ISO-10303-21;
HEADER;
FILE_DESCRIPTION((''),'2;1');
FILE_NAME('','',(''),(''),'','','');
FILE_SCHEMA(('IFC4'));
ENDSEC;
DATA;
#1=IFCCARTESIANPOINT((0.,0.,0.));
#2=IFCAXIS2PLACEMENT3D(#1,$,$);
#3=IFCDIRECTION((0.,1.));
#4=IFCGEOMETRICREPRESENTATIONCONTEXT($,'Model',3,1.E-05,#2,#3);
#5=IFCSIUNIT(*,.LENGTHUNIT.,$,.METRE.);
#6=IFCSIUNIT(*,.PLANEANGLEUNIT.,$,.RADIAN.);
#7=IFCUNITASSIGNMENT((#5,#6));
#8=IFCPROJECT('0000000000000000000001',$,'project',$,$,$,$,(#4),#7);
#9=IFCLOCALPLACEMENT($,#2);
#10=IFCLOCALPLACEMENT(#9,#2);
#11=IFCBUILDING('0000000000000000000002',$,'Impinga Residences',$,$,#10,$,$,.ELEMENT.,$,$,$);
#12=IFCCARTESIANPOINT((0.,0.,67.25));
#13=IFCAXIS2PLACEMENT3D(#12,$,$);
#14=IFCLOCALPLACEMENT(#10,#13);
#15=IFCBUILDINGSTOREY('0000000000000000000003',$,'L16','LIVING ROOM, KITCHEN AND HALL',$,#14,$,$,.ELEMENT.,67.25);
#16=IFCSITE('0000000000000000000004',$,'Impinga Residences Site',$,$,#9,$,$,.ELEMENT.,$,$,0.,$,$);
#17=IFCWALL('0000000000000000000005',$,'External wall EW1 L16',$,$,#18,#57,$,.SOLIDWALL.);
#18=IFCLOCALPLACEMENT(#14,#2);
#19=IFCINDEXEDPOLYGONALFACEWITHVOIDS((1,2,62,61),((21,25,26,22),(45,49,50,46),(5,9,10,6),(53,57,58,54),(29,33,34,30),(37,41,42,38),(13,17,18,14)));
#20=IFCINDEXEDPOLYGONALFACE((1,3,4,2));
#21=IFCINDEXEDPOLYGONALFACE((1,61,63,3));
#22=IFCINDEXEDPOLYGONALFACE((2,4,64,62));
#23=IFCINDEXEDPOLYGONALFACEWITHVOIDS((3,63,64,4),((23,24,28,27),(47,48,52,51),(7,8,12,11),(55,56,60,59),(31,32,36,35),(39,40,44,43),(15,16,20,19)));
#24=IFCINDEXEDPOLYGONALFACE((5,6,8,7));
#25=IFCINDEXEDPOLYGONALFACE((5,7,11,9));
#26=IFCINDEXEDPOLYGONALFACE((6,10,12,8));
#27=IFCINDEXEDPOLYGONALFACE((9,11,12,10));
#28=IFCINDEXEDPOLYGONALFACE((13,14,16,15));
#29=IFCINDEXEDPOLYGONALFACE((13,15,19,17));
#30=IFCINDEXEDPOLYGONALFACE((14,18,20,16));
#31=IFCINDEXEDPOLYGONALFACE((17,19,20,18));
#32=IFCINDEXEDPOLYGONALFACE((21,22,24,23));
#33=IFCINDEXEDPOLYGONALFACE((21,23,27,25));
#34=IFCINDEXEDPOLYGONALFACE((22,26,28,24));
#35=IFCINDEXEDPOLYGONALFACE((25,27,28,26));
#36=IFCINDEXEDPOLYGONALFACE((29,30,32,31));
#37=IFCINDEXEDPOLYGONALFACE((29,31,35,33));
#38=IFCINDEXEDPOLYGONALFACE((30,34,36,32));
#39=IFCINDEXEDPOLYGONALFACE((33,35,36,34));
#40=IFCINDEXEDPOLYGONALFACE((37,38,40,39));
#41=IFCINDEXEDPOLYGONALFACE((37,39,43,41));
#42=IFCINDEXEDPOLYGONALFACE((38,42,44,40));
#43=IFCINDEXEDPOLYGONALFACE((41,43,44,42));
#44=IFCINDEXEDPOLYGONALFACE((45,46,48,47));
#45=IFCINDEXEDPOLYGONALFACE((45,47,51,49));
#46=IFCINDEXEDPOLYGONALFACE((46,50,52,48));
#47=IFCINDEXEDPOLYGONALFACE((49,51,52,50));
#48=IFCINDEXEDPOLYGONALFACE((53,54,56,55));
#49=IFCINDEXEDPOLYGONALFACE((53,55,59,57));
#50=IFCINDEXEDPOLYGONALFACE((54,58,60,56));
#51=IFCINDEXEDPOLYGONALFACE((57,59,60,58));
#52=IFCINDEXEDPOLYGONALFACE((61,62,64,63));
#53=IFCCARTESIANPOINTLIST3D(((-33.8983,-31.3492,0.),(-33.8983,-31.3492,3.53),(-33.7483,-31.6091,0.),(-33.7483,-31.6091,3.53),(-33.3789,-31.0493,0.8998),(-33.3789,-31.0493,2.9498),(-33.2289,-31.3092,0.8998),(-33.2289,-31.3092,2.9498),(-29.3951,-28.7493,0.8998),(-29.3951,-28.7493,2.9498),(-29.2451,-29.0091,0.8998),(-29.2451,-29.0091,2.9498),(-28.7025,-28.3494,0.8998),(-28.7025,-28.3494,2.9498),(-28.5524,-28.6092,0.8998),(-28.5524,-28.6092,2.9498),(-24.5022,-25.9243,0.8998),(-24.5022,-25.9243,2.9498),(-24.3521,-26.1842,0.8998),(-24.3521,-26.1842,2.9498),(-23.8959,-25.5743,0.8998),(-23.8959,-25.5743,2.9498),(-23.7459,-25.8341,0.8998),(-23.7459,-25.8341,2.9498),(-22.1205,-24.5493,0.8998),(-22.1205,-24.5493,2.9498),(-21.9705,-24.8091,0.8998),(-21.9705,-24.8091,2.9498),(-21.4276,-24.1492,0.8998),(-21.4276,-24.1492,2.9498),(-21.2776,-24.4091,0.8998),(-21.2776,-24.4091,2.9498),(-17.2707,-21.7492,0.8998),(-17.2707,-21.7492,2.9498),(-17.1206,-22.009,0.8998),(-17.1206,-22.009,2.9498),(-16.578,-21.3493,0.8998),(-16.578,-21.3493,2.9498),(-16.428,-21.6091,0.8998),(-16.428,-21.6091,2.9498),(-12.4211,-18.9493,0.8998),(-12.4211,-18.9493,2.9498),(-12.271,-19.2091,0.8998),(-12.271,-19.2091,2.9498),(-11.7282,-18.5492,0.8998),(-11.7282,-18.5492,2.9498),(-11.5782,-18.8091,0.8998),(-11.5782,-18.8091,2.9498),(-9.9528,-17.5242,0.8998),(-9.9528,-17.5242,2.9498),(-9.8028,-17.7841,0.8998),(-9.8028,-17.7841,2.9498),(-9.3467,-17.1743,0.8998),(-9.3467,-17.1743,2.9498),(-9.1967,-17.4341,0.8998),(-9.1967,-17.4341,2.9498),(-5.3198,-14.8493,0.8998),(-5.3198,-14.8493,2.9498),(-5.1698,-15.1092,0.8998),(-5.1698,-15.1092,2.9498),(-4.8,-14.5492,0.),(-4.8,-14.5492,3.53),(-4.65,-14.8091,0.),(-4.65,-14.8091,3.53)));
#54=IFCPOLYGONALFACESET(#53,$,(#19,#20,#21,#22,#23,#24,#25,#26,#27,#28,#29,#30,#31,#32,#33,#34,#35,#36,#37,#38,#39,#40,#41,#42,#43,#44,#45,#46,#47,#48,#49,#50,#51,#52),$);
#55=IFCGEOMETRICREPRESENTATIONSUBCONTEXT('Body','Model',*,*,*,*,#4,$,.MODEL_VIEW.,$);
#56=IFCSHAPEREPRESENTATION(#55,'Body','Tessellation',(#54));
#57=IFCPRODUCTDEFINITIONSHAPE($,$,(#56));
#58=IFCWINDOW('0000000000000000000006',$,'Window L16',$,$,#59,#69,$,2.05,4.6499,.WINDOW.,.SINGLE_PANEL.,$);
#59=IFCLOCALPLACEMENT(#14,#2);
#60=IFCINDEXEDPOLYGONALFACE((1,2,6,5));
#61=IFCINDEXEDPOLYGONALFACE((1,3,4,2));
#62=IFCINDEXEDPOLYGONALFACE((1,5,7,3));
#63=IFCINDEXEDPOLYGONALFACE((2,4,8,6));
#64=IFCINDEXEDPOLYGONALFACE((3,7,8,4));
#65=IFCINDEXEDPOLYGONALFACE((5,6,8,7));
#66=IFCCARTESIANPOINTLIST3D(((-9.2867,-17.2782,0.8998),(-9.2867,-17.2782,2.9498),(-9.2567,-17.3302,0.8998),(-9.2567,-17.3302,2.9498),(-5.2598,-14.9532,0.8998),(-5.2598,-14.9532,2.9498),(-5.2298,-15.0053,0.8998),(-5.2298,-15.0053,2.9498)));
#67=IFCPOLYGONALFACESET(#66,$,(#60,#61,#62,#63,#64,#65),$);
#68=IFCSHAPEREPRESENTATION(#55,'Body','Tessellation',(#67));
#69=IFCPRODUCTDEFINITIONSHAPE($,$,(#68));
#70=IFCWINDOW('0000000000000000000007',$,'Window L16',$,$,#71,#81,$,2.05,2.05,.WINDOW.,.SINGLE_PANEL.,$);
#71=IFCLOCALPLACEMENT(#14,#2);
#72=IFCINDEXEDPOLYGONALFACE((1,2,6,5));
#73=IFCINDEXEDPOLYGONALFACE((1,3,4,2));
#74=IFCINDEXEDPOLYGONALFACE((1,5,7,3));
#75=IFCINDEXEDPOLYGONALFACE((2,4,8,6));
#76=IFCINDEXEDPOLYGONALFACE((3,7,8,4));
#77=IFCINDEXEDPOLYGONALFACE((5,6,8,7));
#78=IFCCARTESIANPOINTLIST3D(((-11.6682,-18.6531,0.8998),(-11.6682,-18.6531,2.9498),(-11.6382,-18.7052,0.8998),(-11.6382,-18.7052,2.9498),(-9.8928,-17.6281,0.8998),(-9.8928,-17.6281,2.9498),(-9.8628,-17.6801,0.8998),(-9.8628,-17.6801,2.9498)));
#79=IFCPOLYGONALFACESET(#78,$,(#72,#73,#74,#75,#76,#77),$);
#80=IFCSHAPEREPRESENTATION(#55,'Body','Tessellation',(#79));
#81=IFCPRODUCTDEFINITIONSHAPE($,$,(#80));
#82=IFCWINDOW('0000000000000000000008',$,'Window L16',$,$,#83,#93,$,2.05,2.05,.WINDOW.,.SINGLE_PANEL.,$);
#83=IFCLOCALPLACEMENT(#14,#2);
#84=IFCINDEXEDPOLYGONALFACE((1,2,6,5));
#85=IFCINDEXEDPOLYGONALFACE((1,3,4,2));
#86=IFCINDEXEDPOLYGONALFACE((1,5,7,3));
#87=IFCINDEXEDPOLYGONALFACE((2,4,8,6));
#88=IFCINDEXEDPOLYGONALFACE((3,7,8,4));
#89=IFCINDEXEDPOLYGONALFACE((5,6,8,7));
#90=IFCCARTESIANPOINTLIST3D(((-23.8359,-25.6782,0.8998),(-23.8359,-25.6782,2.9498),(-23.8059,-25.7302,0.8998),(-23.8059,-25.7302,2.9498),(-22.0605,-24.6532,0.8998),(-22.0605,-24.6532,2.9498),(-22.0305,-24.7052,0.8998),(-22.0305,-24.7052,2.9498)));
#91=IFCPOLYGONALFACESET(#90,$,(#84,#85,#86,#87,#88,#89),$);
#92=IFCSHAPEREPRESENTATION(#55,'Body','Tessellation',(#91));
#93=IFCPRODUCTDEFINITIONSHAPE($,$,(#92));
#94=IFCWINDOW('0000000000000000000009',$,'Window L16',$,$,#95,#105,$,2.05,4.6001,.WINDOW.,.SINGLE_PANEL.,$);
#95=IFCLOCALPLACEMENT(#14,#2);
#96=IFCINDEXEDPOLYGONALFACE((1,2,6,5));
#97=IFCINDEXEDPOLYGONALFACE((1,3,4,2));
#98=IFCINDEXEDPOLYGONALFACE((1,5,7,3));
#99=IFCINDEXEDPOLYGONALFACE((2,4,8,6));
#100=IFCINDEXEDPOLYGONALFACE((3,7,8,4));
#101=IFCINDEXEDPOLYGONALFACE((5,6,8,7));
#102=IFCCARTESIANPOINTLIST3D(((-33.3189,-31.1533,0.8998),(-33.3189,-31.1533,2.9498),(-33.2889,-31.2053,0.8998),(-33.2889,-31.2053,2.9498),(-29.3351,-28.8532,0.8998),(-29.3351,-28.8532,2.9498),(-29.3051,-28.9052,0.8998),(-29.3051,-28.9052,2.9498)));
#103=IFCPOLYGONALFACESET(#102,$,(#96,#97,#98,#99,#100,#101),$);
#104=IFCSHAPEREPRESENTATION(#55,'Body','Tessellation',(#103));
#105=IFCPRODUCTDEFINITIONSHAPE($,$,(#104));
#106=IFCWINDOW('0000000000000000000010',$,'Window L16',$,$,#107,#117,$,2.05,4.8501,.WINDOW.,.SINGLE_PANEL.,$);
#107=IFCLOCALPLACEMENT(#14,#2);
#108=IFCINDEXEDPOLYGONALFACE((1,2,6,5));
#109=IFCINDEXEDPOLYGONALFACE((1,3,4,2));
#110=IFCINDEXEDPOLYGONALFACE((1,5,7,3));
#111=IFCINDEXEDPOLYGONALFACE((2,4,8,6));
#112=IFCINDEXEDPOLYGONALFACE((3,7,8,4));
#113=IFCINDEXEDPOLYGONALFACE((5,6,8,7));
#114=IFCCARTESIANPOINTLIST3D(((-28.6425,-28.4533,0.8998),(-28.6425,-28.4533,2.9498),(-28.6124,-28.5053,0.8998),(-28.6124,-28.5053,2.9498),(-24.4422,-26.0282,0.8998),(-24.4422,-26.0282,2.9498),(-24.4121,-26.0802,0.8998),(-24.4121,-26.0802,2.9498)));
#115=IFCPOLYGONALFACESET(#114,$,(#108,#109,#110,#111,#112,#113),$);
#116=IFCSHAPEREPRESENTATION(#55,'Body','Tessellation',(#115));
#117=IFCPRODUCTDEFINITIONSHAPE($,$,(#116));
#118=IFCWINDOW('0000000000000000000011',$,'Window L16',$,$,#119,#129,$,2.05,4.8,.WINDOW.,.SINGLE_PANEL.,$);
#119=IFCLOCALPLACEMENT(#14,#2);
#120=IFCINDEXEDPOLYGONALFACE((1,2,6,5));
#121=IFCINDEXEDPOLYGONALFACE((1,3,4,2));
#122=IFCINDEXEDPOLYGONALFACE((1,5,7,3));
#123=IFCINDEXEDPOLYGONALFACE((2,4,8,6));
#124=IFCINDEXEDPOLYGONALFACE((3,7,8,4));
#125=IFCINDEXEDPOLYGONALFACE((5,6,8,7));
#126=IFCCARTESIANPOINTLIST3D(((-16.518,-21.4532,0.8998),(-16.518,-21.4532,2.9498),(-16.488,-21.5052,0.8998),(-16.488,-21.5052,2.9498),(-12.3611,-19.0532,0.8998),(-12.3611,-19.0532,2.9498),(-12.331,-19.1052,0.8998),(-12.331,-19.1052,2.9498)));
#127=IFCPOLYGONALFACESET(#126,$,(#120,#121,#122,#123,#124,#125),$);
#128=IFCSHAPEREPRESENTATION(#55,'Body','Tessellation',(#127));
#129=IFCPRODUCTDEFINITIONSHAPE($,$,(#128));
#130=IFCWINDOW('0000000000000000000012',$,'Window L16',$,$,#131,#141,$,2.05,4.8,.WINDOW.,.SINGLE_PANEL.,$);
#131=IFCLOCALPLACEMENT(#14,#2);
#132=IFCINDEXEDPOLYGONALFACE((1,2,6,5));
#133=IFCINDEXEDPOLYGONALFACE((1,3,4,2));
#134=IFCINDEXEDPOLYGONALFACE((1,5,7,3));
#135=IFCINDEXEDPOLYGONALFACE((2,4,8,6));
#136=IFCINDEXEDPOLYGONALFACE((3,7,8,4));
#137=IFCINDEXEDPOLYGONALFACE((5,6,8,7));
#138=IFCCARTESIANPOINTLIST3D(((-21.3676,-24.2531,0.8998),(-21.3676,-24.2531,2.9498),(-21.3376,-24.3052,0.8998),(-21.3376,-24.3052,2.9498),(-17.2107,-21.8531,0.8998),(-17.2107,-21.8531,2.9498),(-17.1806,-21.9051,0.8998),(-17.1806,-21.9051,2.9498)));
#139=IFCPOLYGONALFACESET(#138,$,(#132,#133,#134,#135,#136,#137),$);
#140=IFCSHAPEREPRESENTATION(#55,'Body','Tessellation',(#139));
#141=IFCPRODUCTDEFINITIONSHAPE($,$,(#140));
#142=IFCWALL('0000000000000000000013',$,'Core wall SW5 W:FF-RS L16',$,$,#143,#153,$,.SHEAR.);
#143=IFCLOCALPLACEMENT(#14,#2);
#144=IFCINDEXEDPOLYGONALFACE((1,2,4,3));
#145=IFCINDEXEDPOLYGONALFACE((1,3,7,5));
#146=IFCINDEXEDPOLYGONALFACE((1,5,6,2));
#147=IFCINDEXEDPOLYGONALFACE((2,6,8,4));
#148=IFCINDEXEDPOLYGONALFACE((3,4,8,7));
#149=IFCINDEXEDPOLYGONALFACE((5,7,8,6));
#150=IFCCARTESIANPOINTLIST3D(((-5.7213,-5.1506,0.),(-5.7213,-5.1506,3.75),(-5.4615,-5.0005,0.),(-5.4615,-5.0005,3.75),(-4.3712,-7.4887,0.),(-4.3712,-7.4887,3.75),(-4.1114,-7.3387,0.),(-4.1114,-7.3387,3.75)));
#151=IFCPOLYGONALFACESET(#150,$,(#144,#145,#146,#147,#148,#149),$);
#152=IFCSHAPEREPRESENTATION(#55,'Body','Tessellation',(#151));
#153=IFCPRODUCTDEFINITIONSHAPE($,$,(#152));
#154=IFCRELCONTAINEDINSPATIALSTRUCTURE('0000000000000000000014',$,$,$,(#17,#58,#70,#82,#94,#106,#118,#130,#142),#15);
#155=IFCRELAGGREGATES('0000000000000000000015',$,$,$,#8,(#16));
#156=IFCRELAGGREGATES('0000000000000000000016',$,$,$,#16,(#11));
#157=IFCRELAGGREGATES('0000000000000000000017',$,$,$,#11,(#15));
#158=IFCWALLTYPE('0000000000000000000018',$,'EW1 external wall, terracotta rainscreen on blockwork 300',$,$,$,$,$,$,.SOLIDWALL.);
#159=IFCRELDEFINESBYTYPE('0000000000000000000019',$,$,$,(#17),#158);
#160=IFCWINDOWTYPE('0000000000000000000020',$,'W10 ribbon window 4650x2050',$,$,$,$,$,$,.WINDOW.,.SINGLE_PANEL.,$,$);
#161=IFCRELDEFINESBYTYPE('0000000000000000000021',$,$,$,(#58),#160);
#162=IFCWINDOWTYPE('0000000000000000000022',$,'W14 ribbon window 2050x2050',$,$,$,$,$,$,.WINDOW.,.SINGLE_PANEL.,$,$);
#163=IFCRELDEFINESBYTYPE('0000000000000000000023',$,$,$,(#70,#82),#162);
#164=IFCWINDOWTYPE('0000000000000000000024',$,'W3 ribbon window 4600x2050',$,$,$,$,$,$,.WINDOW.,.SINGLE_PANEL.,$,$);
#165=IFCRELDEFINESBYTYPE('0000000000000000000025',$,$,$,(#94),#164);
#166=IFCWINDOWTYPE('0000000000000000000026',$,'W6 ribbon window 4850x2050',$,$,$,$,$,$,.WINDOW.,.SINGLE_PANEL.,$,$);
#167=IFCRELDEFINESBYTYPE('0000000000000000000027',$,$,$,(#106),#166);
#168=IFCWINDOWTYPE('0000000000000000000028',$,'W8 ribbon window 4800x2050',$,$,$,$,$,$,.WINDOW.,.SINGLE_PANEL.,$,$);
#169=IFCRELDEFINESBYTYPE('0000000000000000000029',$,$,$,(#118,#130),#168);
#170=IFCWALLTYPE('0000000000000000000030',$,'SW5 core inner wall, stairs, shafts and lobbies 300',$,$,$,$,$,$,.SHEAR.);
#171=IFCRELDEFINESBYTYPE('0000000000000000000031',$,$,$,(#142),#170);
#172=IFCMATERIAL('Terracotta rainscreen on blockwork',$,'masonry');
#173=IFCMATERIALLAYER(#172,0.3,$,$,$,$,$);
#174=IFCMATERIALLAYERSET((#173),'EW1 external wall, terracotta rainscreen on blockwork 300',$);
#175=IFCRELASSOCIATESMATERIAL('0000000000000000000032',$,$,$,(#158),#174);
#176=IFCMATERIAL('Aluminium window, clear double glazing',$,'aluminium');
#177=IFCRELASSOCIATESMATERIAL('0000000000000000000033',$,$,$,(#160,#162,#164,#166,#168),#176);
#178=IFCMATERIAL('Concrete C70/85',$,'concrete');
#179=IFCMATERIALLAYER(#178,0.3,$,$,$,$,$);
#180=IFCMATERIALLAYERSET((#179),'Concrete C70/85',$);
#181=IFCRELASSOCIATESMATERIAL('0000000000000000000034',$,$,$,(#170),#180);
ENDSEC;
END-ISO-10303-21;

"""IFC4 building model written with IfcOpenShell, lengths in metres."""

from ifc_helpers import new_model, si_unit, direction, frame, frame_2d, origin, place, context, subcontext, project, spatial, rectangle, extrude, material, layer, layer_set, type_object, element, fill, save


model = new_model("IFC4")

# Units and contexts
model_context = context("Model", 3, precision=1e-05, world=origin(), true_north=direction((0.0, 1.0)))
body_context = subcontext(model_context, "Body", "Model", "MODEL_VIEW")
ifc_project = project(units=[si_unit("LENGTHUNIT", "METRE"), si_unit("PLANEANGLEUNIT", "RADIAN")], contexts=[model_context])

# Site, building, storey
site_placement = place(None, origin())
site = spatial("IfcSite", under=ifc_project, at=site_placement, Name="Impinga Residences Site", CompositionType="ELEMENT", RefElevation=0.0)
building_placement = place(site_placement, origin())
building = spatial("IfcBuilding", under=site, at=building_placement, Name="Impinga Residences", CompositionType="ELEMENT")
storey_placement = place(building_placement, frame((0.0, 0.0, 67.25)))
storey = spatial("IfcBuildingStorey", under=building, at=storey_placement, Name="L16", Description="LIVING ROOM, KITCHEN AND HALL", CompositionType="ELEMENT", Elevation=67.25)

# Shared definitions
ifc_material_1 = material(Name="Concrete C70/85", Category="concrete")

# Shared definitions
ifc_material_2 = material(Name="Terracotta rainscreen on blockwork", Category="masonry")
ifc_layer_1 = layer(ifc_material_2, 0.3)
ifc_layer_set_1 = layer_set([ifc_layer_1], Name="EW1 external wall, terracotta rainscreen on blockwork 300")
wall_type_1 = type_object("IfcWallType", Name="EW1 external wall, terracotta rainscreen on blockwork 300", PredefinedType="SOLIDWALL", material=ifc_layer_set_1)

# Wall, openings, windows
wall_1_placement = place(storey_placement, frame((-4.7251, -14.6792, 0.0), z_axis=(0.0, 0.0, 1.0), x_axis=(-0.866024, -0.500002, 0.0)))
wall_1 = element("IfcWall", 1, at=wall_1_placement, inside=storey, type_object=wall_type_1, Name="External wall EW1 L16", PredefinedType="SOLIDWALL", context=body_context, shape_type="SweptSolid", body=[
    extrude(rectangle(XDim=33.5999, YDim=0.3, at=frame_2d((16.7998, 0.0))), origin(), (0.0, 0.0, 1.0), 3.53),
])
opening_1_placement = place(wall_1_placement, frame((0.6001, 0.0, 0.8999)))
opening_1 = element("IfcOpeningElement", 2, at=opening_1_placement, cuts=wall_1, PredefinedType="OPENING", context=body_context, shape_type="SweptSolid", body=[
    extrude(rectangle(XDim=4.6499, YDim=2.05, at=frame_2d((2.325, 1.0249))), frame((0.0, 0.1599, 0.0), z_axis=(0.0, -1.0, 0.0), x_axis=(1.0, 0.0, 0.0)), (0.0, 0.0, 1.0), 0.3201),
])
opening_2_placement = place(wall_1_placement, frame((5.95, 0.0, 0.8999)))
opening_2 = element("IfcOpeningElement", 3, at=opening_2_placement, cuts=wall_1, PredefinedType="OPENING", context=body_context, shape_type="SweptSolid", body=[
    extrude(rectangle(XDim=2.05, YDim=2.05, at=frame_2d((1.0249, 1.0249))), frame((0.0, 0.1599, 0.0), z_axis=(0.0, -1.0, 0.0), x_axis=(1.0, 0.0, 0.0)), (0.0, 0.0, 1.0), 0.3201),
])
opening_3_placement = place(wall_1_placement, frame((8.8, 0.0, 0.8999)))
opening_3 = element("IfcOpeningElement", 4, at=opening_3_placement, cuts=wall_1, PredefinedType="OPENING", context=body_context, shape_type="SweptSolid", body=[
    extrude(rectangle(XDim=4.8, YDim=2.05, at=frame_2d((2.3999, 1.0249))), frame((0.0, 0.1599, 0.0), z_axis=(0.0, -1.0, 0.0), x_axis=(1.0, 0.0, 0.0)), (0.0, 0.0, 1.0), 0.3201),
])
opening_4_placement = place(wall_1_placement, frame((14.3999, 0.0, 0.8999)))
opening_4 = element("IfcOpeningElement", 5, at=opening_4_placement, cuts=wall_1, PredefinedType="OPENING", context=body_context, shape_type="SweptSolid", body=[
    extrude(rectangle(XDim=4.8, YDim=2.05, at=frame_2d((2.3999, 1.0249))), frame((0.0, 0.1599, 0.0), z_axis=(0.0, -1.0, 0.0), x_axis=(1.0, 0.0, 0.0)), (0.0, 0.0, 1.0), 0.3201),
])
opening_5_placement = place(wall_1_placement, frame((20.0, 0.0, 0.8999)))
opening_5 = element("IfcOpeningElement", 6, at=opening_5_placement, cuts=wall_1, PredefinedType="OPENING", context=body_context, shape_type="SweptSolid", body=[
    extrude(rectangle(XDim=2.05, YDim=2.05, at=frame_2d((1.0249, 1.0249))), frame((0.0, 0.1599, 0.0), z_axis=(0.0, -1.0, 0.0), x_axis=(1.0, 0.0, 0.0)), (0.0, 0.0, 1.0), 0.3201),
])
opening_6_placement = place(wall_1_placement, frame((22.75, 0.0, 0.8999)))
opening_6 = element("IfcOpeningElement", 7, at=opening_6_placement, cuts=wall_1, PredefinedType="OPENING", context=body_context, shape_type="SweptSolid", body=[
    extrude(rectangle(XDim=4.8501, YDim=2.05, at=frame_2d((2.425, 1.0249))), frame((0.0, 0.1599, 0.0), z_axis=(0.0, -1.0, 0.0), x_axis=(1.0, 0.0, 0.0)), (0.0, 0.0, 1.0), 0.3201),
])
opening_7_placement = place(wall_1_placement, frame((28.3999, 0.0, 0.8999)))
opening_7 = element("IfcOpeningElement", 8, at=opening_7_placement, cuts=wall_1, PredefinedType="OPENING", context=body_context, shape_type="SweptSolid", body=[
    extrude(rectangle(XDim=4.6001, YDim=2.05, at=frame_2d((2.3, 1.0249))), frame((0.0, 0.1599, 0.0), z_axis=(0.0, -1.0, 0.0), x_axis=(1.0, 0.0, 0.0)), (0.0, 0.0, 1.0), 0.3201),
])
ifc_material_3 = material(Name="Aluminium window, clear double glazing", Category="aluminium")
window_type_1 = type_object("IfcWindowType", Name="W10 ribbon window 4650x2050", PartitioningType="SINGLE_PANEL", PredefinedType="WINDOW", material=ifc_material_3)
window_1_placement = place(opening_1_placement, origin())
window_1 = element("IfcWindow", 9, at=window_1_placement, inside=storey, type_object=window_type_1, Name="Window L16", OverallHeight=2.05, OverallWidth=4.6499, PartitioningType="SINGLE_PANEL", PredefinedType="WINDOW", context=body_context, shape_type="SweptSolid", body=[
    extrude(rectangle(XDim=4.6499, YDim=2.05, at=frame_2d((2.325, 1.0249))), frame((0.0, 0.03, 0.0), z_axis=(0.0, -1.0, 0.0), x_axis=(1.0, 0.0, 0.0)), (0.0, 0.0, 1.0), 0.0601),
])
fill(opening_1, window_1)
window_type_2 = type_object("IfcWindowType", Name="W14 ribbon window 2050x2050", PartitioningType="SINGLE_PANEL", PredefinedType="WINDOW", material=ifc_material_3)
window_2_placement = place(opening_2_placement, origin())
window_2 = element("IfcWindow", 10, at=window_2_placement, inside=storey, type_object=window_type_2, Name="Window L16", OverallHeight=2.05, OverallWidth=2.05, PartitioningType="SINGLE_PANEL", PredefinedType="WINDOW", context=body_context, shape_type="SweptSolid", body=[
    extrude(rectangle(XDim=2.05, YDim=2.05, at=frame_2d((1.0249, 1.0249))), frame((0.0, 0.03, 0.0), z_axis=(0.0, -1.0, 0.0), x_axis=(1.0, 0.0, 0.0)), (0.0, 0.0, 1.0), 0.0601),
])
fill(opening_2, window_2)
window_3_placement = place(opening_5_placement, origin())
window_3 = element("IfcWindow", 11, at=window_3_placement, inside=storey, type_object=window_type_2, Name="Window L16", OverallHeight=2.05, OverallWidth=2.05, PartitioningType="SINGLE_PANEL", PredefinedType="WINDOW", context=body_context, shape_type="SweptSolid", body=[
    extrude(rectangle(XDim=2.05, YDim=2.05, at=frame_2d((1.0249, 1.0249))), frame((0.0, 0.03, 0.0), z_axis=(0.0, -1.0, 0.0), x_axis=(1.0, 0.0, 0.0)), (0.0, 0.0, 1.0), 0.0601),
])
fill(opening_5, window_3)
window_type_3 = type_object("IfcWindowType", Name="W3 ribbon window 4600x2050", PartitioningType="SINGLE_PANEL", PredefinedType="WINDOW", material=ifc_material_3)
window_4_placement = place(opening_7_placement, origin())
window_4 = element("IfcWindow", 12, at=window_4_placement, inside=storey, type_object=window_type_3, Name="Window L16", OverallHeight=2.05, OverallWidth=4.6001, PartitioningType="SINGLE_PANEL", PredefinedType="WINDOW", context=body_context, shape_type="SweptSolid", body=[
    extrude(rectangle(XDim=4.6001, YDim=2.05, at=frame_2d((2.3, 1.0249))), frame((0.0, 0.03, 0.0), z_axis=(0.0, -1.0, 0.0), x_axis=(1.0, 0.0, 0.0)), (0.0, 0.0, 1.0), 0.0601),
])
fill(opening_7, window_4)
window_type_4 = type_object("IfcWindowType", Name="W6 ribbon window 4850x2050", PartitioningType="SINGLE_PANEL", PredefinedType="WINDOW", material=ifc_material_3)
window_5_placement = place(opening_6_placement, origin())
window_5 = element("IfcWindow", 13, at=window_5_placement, inside=storey, type_object=window_type_4, Name="Window L16", OverallHeight=2.05, OverallWidth=4.8501, PartitioningType="SINGLE_PANEL", PredefinedType="WINDOW", context=body_context, shape_type="SweptSolid", body=[
    extrude(rectangle(XDim=4.8501, YDim=2.05, at=frame_2d((2.425, 1.0249))), frame((0.0, 0.03, 0.0), z_axis=(0.0, -1.0, 0.0), x_axis=(1.0, 0.0, 0.0)), (0.0, 0.0, 1.0), 0.0601),
])
fill(opening_6, window_5)
window_type_5 = type_object("IfcWindowType", Name="W8 ribbon window 4800x2050", PartitioningType="SINGLE_PANEL", PredefinedType="WINDOW", material=ifc_material_3)
window_6_placement = place(opening_3_placement, origin())
window_6 = element("IfcWindow", 14, at=window_6_placement, inside=storey, type_object=window_type_5, Name="Window L16", OverallHeight=2.05, OverallWidth=4.8, PartitioningType="SINGLE_PANEL", PredefinedType="WINDOW", context=body_context, shape_type="SweptSolid", body=[
    extrude(rectangle(XDim=4.8, YDim=2.05, at=frame_2d((2.3999, 1.0249))), frame((0.0, 0.03, 0.0), z_axis=(0.0, -1.0, 0.0), x_axis=(1.0, 0.0, 0.0)), (0.0, 0.0, 1.0), 0.0601),
])
fill(opening_3, window_6)
window_7_placement = place(opening_4_placement, origin())
window_7 = element("IfcWindow", 15, at=window_7_placement, inside=storey, type_object=window_type_5, Name="Window L16", OverallHeight=2.05, OverallWidth=4.8, PartitioningType="SINGLE_PANEL", PredefinedType="WINDOW", context=body_context, shape_type="SweptSolid", body=[
    extrude(rectangle(XDim=4.8, YDim=2.05, at=frame_2d((2.3999, 1.0249))), frame((0.0, 0.03, 0.0), z_axis=(0.0, -1.0, 0.0), x_axis=(1.0, 0.0, 0.0)), (0.0, 0.0, 1.0), 0.0601),
])
fill(opening_4, window_7)

# Wall
ifc_layer_2 = layer(ifc_material_1, 0.3)
ifc_layer_set_2 = layer_set([ifc_layer_2], Name="Concrete C70/85")
wall_type_2 = type_object("IfcWallType", Name="SW5 core inner wall, stairs, shafts and lobbies 300", PredefinedType="SHEAR", material=ifc_layer_set_2)
wall_2_placement = place(storey_placement, frame((-4.2412, -7.4138, 0.0), z_axis=(0.0, 0.0, 1.0), x_axis=(-0.500049, 0.865997, 0.0)))
element("IfcWall", 16, at=wall_2_placement, inside=storey, type_object=wall_type_2, Name="Core wall SW5 W:FF-RS L16", PredefinedType="SHEAR", context=body_context, shape_type="SweptSolid", body=[
    extrude(rectangle(XDim=2.7, YDim=0.3, at=frame_2d((1.3501, 0.0))), origin(), (0.0, 0.0, 1.0), 3.75),
])

save(model, "model.ifc")
